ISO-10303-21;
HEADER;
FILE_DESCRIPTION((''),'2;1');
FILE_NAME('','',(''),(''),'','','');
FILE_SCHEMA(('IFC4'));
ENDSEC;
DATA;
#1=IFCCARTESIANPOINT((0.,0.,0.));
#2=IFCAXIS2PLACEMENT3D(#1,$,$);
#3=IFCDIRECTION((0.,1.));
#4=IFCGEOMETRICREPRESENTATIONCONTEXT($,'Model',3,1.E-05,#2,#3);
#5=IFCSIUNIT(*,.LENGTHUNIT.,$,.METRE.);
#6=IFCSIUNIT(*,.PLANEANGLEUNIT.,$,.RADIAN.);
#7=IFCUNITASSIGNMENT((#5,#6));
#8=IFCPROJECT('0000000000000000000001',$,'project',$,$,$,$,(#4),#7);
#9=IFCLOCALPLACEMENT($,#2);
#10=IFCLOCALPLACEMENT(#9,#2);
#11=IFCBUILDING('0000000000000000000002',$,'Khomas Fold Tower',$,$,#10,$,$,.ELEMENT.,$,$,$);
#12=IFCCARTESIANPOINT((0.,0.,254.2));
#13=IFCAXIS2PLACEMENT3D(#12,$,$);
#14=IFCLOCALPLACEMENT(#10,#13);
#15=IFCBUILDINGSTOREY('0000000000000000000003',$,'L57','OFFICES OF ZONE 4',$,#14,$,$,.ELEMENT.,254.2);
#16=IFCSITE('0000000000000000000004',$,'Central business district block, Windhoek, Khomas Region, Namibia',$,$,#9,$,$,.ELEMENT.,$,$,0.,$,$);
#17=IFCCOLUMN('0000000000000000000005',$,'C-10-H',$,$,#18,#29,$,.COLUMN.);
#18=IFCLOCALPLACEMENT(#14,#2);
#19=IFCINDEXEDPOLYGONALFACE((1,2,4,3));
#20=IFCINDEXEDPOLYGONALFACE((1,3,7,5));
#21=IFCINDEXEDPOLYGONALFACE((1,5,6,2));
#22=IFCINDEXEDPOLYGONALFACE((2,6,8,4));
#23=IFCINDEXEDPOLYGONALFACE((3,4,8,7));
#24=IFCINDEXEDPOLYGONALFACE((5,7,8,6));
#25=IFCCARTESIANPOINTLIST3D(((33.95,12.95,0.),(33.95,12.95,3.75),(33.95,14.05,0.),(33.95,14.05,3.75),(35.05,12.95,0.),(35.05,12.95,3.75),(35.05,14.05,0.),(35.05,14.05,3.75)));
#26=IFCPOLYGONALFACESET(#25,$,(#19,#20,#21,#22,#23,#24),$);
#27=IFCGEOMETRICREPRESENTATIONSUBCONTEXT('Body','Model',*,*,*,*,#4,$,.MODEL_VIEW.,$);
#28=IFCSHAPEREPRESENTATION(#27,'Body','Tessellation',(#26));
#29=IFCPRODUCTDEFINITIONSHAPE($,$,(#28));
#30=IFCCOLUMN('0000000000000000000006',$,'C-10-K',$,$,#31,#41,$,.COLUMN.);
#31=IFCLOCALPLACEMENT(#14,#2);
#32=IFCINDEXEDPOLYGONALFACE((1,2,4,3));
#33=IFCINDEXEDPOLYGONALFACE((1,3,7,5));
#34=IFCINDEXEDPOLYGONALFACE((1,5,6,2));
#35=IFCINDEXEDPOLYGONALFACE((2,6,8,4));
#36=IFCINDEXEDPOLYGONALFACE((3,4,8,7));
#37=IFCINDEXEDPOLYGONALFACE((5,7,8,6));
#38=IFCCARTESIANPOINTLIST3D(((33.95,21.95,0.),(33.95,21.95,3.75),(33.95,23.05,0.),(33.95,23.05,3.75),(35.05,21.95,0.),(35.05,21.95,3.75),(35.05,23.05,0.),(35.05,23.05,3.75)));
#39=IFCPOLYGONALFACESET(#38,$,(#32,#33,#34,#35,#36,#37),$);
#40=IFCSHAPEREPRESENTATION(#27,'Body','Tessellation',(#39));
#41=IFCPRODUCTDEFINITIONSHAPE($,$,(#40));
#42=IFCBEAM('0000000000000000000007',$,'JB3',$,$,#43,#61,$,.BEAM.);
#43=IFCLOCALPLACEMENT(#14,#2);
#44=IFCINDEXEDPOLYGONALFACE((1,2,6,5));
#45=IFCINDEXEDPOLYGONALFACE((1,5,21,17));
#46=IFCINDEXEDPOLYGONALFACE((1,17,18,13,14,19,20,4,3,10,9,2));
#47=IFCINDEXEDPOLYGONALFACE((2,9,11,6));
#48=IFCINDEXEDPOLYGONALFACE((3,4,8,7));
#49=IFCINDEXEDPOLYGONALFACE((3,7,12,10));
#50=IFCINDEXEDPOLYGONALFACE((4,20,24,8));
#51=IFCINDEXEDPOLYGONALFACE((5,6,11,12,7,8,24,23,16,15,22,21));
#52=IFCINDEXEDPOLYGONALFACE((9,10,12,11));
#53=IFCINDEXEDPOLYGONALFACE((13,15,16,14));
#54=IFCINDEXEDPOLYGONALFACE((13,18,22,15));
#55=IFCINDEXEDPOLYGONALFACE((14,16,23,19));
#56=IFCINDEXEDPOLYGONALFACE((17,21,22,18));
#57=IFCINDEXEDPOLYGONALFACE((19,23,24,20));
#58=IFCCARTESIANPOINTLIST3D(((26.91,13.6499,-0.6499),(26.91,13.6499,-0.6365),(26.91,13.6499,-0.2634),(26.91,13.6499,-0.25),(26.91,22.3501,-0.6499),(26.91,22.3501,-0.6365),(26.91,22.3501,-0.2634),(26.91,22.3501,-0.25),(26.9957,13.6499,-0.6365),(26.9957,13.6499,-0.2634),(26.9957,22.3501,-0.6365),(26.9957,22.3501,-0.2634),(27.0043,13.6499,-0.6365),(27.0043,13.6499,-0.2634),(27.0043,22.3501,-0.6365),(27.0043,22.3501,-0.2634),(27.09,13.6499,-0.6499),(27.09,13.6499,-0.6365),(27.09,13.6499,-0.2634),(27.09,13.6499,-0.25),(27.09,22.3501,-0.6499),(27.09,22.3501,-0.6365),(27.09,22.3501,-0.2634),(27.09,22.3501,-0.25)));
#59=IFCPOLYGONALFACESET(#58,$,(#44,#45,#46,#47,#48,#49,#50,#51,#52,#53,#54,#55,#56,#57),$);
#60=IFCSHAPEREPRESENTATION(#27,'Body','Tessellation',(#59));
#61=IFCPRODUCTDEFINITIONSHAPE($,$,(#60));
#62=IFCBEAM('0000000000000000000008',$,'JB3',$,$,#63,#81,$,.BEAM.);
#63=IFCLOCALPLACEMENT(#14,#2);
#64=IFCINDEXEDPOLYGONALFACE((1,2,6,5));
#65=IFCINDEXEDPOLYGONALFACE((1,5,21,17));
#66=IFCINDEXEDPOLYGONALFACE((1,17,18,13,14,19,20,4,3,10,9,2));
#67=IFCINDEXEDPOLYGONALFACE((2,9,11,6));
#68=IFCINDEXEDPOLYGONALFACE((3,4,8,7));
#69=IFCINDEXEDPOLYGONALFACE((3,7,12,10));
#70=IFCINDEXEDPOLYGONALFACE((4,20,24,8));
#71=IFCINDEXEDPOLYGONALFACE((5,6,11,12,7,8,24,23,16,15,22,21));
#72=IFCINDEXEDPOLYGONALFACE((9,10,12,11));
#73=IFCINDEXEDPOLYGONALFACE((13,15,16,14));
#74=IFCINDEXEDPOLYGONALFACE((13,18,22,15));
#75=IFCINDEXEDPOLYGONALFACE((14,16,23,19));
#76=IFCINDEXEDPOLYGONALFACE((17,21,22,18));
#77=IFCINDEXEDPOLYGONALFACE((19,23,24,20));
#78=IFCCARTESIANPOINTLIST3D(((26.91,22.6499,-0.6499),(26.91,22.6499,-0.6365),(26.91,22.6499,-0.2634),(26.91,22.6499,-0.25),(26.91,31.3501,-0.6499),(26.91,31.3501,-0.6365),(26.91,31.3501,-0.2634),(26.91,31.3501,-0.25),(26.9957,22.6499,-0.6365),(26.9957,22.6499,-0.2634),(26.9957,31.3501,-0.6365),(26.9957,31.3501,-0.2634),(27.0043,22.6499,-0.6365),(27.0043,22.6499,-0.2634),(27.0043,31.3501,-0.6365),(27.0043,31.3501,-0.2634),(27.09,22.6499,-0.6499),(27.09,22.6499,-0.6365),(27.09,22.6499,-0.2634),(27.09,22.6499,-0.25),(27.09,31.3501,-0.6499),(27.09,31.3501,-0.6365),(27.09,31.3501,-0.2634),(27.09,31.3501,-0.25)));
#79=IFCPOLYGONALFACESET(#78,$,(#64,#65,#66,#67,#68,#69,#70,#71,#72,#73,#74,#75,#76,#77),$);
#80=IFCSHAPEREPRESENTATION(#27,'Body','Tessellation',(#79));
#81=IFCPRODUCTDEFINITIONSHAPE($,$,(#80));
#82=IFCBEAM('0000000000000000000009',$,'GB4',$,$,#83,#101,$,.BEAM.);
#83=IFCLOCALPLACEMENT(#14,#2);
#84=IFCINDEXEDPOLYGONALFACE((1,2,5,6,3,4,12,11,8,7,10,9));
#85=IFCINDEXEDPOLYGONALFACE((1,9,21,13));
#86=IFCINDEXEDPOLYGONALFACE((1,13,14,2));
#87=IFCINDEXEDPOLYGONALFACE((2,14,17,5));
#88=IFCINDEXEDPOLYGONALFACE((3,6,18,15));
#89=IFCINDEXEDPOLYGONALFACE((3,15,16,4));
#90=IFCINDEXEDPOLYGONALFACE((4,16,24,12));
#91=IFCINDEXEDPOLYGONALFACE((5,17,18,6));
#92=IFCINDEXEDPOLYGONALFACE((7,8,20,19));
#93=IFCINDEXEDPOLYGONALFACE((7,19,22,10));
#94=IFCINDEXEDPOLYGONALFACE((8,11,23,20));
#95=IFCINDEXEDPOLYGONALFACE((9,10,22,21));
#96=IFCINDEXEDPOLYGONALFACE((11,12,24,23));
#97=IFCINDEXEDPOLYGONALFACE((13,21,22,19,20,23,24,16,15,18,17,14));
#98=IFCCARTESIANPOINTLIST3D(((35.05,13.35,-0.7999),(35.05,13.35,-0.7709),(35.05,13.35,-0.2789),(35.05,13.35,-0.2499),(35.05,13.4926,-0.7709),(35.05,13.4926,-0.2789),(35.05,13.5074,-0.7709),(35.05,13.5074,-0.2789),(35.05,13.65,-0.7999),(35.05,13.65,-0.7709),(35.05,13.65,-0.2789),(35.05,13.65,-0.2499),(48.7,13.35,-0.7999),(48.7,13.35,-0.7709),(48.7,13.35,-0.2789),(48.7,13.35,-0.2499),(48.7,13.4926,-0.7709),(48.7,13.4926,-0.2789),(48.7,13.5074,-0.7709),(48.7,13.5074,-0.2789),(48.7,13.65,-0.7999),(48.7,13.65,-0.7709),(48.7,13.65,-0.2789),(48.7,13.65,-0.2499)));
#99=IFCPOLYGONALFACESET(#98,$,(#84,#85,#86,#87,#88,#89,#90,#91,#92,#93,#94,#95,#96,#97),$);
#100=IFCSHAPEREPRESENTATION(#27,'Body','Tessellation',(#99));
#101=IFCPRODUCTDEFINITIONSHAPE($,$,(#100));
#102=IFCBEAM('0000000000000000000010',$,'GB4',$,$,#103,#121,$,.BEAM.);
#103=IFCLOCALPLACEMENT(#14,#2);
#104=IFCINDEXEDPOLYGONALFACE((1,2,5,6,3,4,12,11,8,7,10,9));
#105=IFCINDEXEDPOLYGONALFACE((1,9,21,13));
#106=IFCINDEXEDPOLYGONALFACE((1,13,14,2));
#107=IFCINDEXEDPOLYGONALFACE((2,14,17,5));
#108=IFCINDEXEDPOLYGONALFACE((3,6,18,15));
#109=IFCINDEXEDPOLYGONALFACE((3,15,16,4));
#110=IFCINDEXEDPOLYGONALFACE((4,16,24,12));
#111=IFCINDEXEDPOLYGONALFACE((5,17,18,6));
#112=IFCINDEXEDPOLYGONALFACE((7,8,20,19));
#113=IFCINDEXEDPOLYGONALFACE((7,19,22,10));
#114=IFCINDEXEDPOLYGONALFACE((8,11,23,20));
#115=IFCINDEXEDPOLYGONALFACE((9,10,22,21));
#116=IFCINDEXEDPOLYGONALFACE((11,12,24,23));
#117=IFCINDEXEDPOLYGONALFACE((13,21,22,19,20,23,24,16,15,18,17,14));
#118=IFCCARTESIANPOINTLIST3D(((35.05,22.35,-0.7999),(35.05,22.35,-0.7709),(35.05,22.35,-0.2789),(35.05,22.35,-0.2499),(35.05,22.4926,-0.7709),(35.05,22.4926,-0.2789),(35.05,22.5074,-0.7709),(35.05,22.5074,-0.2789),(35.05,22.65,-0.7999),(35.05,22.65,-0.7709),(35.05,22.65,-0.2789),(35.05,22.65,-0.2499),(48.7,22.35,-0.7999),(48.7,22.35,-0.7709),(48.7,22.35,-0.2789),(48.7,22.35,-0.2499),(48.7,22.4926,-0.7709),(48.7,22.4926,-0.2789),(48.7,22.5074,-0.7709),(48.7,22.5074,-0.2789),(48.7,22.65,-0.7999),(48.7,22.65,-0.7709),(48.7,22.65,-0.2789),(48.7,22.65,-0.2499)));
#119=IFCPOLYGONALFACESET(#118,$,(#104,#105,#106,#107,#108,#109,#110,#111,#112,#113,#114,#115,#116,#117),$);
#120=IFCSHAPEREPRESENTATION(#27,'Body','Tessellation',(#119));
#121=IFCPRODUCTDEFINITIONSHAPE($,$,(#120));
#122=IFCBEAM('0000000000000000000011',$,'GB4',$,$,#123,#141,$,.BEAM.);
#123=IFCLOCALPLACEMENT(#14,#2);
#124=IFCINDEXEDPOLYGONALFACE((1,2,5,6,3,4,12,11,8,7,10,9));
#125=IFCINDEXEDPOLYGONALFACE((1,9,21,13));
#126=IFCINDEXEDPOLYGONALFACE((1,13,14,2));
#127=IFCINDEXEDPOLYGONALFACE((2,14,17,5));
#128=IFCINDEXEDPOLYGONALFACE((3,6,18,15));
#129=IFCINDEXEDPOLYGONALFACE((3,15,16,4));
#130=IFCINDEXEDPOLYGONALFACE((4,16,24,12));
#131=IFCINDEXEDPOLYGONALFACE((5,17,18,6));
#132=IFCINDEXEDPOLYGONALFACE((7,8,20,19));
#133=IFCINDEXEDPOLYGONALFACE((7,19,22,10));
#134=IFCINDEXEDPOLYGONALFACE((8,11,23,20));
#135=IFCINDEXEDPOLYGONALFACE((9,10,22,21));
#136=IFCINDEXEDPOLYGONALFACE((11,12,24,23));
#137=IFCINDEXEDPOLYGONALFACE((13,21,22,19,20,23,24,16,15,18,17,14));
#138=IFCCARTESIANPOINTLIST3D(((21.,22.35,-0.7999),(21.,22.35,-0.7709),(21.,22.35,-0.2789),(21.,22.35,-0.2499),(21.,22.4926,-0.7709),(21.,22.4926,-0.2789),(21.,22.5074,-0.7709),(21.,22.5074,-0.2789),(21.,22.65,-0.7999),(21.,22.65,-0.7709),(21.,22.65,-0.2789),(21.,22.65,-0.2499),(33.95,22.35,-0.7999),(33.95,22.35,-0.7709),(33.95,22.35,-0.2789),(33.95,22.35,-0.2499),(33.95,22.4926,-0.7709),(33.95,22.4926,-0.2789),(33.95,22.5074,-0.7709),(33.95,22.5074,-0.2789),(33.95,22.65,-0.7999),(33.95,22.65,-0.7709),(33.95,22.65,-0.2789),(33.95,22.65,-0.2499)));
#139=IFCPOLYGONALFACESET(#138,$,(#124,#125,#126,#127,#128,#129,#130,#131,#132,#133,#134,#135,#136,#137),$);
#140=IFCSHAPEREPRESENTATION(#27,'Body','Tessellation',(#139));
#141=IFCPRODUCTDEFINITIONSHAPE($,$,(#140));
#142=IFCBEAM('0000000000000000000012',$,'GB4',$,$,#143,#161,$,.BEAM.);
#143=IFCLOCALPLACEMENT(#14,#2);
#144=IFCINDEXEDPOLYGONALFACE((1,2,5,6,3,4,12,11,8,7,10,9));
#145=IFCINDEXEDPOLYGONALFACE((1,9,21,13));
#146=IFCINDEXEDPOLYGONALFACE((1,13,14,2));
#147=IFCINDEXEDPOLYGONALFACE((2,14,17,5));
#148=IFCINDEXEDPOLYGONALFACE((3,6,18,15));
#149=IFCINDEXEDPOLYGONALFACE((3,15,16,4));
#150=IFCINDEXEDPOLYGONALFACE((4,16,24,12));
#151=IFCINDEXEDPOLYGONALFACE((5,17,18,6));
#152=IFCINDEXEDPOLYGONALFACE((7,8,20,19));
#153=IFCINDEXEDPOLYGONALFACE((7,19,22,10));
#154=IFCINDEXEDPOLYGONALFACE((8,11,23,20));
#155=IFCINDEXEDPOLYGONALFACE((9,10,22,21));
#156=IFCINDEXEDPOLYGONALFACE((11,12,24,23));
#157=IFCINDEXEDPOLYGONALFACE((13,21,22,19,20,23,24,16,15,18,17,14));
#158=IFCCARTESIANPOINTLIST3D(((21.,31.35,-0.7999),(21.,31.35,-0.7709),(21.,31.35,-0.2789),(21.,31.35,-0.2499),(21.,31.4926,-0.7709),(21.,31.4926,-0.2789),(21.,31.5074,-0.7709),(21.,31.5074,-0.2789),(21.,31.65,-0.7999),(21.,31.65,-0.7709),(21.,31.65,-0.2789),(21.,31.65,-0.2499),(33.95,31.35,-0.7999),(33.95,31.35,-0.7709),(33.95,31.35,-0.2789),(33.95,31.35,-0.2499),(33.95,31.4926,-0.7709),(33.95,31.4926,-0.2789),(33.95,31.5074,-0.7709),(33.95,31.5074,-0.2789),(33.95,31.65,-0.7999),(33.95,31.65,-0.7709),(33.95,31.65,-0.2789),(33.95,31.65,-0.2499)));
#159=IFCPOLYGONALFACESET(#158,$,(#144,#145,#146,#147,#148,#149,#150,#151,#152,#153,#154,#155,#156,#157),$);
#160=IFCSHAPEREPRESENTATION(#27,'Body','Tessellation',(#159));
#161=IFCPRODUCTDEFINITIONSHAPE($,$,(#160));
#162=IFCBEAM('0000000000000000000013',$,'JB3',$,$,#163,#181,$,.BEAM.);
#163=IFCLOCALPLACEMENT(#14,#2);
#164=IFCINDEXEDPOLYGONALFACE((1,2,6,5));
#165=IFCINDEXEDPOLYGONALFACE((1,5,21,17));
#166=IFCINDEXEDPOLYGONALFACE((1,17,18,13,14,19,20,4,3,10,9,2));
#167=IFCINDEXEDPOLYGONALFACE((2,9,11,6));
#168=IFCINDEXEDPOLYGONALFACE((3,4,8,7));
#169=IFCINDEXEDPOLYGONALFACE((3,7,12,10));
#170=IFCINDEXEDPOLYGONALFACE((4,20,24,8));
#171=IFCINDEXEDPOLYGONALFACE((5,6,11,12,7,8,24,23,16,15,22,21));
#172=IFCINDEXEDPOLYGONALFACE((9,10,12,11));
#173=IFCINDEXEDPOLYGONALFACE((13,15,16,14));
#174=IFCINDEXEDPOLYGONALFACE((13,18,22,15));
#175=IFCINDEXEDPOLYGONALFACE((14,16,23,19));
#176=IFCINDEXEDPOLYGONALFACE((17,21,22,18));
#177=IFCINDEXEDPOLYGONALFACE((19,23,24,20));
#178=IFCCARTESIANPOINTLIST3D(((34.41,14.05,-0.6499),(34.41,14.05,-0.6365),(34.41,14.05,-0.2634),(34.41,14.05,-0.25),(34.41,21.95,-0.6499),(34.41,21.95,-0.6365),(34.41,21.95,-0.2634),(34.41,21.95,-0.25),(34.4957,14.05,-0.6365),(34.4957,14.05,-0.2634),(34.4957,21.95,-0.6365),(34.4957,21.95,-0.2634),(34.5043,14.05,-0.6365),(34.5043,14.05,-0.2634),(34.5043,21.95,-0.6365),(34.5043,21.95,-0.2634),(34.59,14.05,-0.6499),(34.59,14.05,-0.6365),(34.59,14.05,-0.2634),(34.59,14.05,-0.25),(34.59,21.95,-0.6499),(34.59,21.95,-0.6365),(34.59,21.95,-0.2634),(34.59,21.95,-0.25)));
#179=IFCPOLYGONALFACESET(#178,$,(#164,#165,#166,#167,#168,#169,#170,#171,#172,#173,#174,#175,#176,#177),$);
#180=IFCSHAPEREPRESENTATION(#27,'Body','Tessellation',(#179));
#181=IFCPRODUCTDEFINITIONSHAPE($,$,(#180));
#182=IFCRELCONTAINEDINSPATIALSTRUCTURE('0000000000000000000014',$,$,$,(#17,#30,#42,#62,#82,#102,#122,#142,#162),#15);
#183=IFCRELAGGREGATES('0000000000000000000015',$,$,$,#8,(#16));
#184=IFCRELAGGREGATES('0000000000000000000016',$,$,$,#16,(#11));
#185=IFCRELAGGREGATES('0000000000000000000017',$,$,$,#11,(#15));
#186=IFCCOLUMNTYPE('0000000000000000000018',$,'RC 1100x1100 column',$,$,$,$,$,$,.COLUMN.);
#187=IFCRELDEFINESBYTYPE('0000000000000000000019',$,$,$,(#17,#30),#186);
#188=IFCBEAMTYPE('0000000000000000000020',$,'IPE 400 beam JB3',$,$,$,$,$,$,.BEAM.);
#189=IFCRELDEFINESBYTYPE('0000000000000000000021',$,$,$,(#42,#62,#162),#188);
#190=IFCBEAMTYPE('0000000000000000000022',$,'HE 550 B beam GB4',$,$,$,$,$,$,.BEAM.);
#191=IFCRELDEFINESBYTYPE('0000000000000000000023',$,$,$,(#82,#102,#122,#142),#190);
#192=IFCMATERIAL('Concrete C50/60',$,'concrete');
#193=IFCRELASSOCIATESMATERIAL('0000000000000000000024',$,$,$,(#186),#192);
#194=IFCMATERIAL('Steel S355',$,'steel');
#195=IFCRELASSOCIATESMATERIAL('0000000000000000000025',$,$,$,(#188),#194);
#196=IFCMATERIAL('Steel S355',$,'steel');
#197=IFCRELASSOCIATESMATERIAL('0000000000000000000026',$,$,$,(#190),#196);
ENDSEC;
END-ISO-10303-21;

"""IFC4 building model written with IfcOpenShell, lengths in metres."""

from ifc_helpers import new_model, si_unit, direction, frame, origin, origin_2d, place, context, subcontext, project, spatial, rectangle, i_section, extrude, source, transform, mapped, material, material_profile, profile_set, type_object, element, save


model = new_model("IFC4")

# Units and contexts
model_context = context("Model", 3, precision=1e-05, world=origin(), true_north=direction((0.0, 1.0)))
body_context = subcontext(model_context, "Body", "Model", "MODEL_VIEW")
ifc_project = project(units=[si_unit("LENGTHUNIT", "METRE"), si_unit("PLANEANGLEUNIT", "RADIAN")], contexts=[model_context])

# Site, building, storey
site_placement = place(None, origin())
site = spatial("IfcSite", under=ifc_project, at=site_placement, Name="Central business district block, Windhoek, Khomas Region, Namibia", CompositionType="ELEMENT", RefElevation=0.0)
building_placement = place(site_placement, origin())
building = spatial("IfcBuilding", under=site, at=building_placement, Name="Khomas Fold Tower", CompositionType="ELEMENT")
storey_placement = place(building_placement, frame((0.0, 0.0, 254.2)))
storey = spatial("IfcBuildingStorey", under=building, at=storey_placement, Name="L57", Description="OFFICES OF ZONE 4", CompositionType="ELEMENT", Elevation=254.2)

# Columns
ifc_material_1 = material(Name="Concrete C50/60", Category="concrete")
ifc_material_profile_1 = material_profile(ifc_material_1, rectangle(XDim=1.1001, YDim=1.1001, at=origin_2d()), Name="RC 1100x1100")
ifc_profile_set_1 = profile_set([ifc_material_profile_1], Name="Concrete C50/60")
column_type = type_object("IfcColumnType", Name="RC 1100x1100 column", PredefinedType="COLUMN", material=ifc_profile_set_1)
shared_shape_1 = source(origin(), body_context, "Body", "SweptSolid", [
    extrude(rectangle(XDim=1.1001, YDim=1.1001, at=origin_2d()), origin(), (0.0, 0.0, 1.0), 3.75),
])
for number, where, z_axis, x_axis, name in (
    (1, (34.5, 13.5, 0.0), (0.0, 0.0, 1.0), (1.0, 0.0, 0.0), "C-10-H"),
    (2, (34.5, 22.5, 0.0), (0.0, 0.0, 1.0), (1.0, 0.0, 0.0), "C-10-K"),
):
    element("IfcColumn", number, at=place(storey_placement, frame(where, z_axis=z_axis, x_axis=x_axis)), inside=storey, type_object=column_type, Name=name, PredefinedType="COLUMN", context=body_context, shape_type="MappedRepresentation", body=[
        mapped(shared_shape_1, transform((0.0, 0.0, 0.0))),
    ])

# Beams
ifc_material_2 = material(Name="Steel S355", Category="steel")
ifc_material_profile_2 = material_profile(ifc_material_2, i_section(OverallWidth=0.1799, OverallDepth=0.3999, WebThickness=0.0085, FlangeThickness=0.0134, at=origin_2d()), Name="IPE 400")
ifc_profile_set_2 = profile_set([ifc_material_profile_2], Name="Steel S355")
beam_type_1 = type_object("IfcBeamType", Name="IPE 400 beam JB3", PredefinedType="BEAM", material=ifc_profile_set_2)
shared_shape_2 = source(origin(), body_context, "Body", "SweptSolid", [
    extrude(i_section(OverallWidth=0.1799, OverallDepth=0.3999, WebThickness=0.0085, FlangeThickness=0.0134, at=origin_2d()), origin(), (0.0, 0.0, 1.0), 8.7002),
])
for number, where, z_axis, x_axis, name in (
    (3, (27.0, 13.6499, -0.45), (0.0, 1.0, 0.0), (-1.0, 0.0, 0.0), "JB3"),
    (4, (27.0, 22.6499, -0.45), (0.0, 1.0, 0.0), (-1.0, 0.0, 0.0), "JB3"),
):
    element("IfcBeam", number, at=place(storey_placement, frame(where, z_axis=z_axis, x_axis=x_axis)), inside=storey, type_object=beam_type_1, Name=name, PredefinedType="BEAM", context=body_context, shape_type="MappedRepresentation", body=[
        mapped(shared_shape_2, transform((0.0, 0.0, 0.0))),
    ])
ifc_material_3 = material(Name="Steel S355", Category="steel")
ifc_material_profile_3 = material_profile(ifc_material_3, i_section(OverallWidth=0.3, OverallDepth=0.55, WebThickness=0.0149, FlangeThickness=0.0291, at=origin_2d()), Name="HE 550 B")
ifc_profile_set_3 = profile_set([ifc_material_profile_3], Name="Steel S355")
beam_type_2 = type_object("IfcBeamType", Name="HE 550 B beam GB4", PredefinedType="BEAM", material=ifc_profile_set_3)
shared_shape_3 = source(origin(), body_context, "Body", "SweptSolid", [
    extrude(i_section(OverallWidth=0.3, OverallDepth=0.55, WebThickness=0.0149, FlangeThickness=0.0291, at=origin_2d()), origin(), (0.0, 0.0, 1.0), 13.6499),
])
for number, where, z_axis, x_axis, name in (
    (5, (35.05, 13.5, -0.5249), (1.0, 0.0, 0.0), (0.0, 1.0, 0.0), "GB4"),
    (6, (35.05, 22.5, -0.5249), (1.0, 0.0, 0.0), (0.0, 1.0, 0.0), "GB4"),
):
    element("IfcBeam", number, at=place(storey_placement, frame(where, z_axis=z_axis, x_axis=x_axis)), inside=storey, type_object=beam_type_2, Name=name, PredefinedType="BEAM", context=body_context, shape_type="MappedRepresentation", body=[
        mapped(shared_shape_3, transform((0.0, 0.0, 0.0))),
    ])
shared_shape_4 = source(origin(), body_context, "Body", "SweptSolid", [
    extrude(i_section(OverallWidth=0.3, OverallDepth=0.55, WebThickness=0.0149, FlangeThickness=0.0291, at=origin_2d()), origin(), (0.0, 0.0, 1.0), 12.95),
])
for number, where, z_axis, x_axis, name in (
    (7, (21.0, 22.5, -0.5249), (1.0, 0.0, 0.0), (0.0, 1.0, 0.0), "GB4"),
    (8, (21.0, 31.5, -0.5249), (1.0, 0.0, 0.0), (0.0, 1.0, 0.0), "GB4"),
):
    element("IfcBeam", number, at=place(storey_placement, frame(where, z_axis=z_axis, x_axis=x_axis)), inside=storey, type_object=beam_type_2, Name=name, PredefinedType="BEAM", context=body_context, shape_type="MappedRepresentation", body=[
        mapped(shared_shape_4, transform((0.0, 0.0, 0.0))),
    ])
shared_shape_5 = source(origin(), body_context, "Body", "SweptSolid", [
    extrude(i_section(OverallWidth=0.1799, OverallDepth=0.3999, WebThickness=0.0085, FlangeThickness=0.0134, at=origin_2d()), origin(), (0.0, 0.0, 1.0), 7.8999),
])
for number, where, z_axis, x_axis, name in (
    (9, (34.5, 14.05, -0.45), (0.0, 1.0, 0.0), (-1.0, 0.0, 0.0), "JB3"),
):
    element("IfcBeam", number, at=place(storey_placement, frame(where, z_axis=z_axis, x_axis=x_axis)), inside=storey, type_object=beam_type_1, Name=name, PredefinedType="BEAM", context=body_context, shape_type="MappedRepresentation", body=[
        mapped(shared_shape_5, transform((0.0, 0.0, 0.0))),
    ])

save(model, "model.ifc")
